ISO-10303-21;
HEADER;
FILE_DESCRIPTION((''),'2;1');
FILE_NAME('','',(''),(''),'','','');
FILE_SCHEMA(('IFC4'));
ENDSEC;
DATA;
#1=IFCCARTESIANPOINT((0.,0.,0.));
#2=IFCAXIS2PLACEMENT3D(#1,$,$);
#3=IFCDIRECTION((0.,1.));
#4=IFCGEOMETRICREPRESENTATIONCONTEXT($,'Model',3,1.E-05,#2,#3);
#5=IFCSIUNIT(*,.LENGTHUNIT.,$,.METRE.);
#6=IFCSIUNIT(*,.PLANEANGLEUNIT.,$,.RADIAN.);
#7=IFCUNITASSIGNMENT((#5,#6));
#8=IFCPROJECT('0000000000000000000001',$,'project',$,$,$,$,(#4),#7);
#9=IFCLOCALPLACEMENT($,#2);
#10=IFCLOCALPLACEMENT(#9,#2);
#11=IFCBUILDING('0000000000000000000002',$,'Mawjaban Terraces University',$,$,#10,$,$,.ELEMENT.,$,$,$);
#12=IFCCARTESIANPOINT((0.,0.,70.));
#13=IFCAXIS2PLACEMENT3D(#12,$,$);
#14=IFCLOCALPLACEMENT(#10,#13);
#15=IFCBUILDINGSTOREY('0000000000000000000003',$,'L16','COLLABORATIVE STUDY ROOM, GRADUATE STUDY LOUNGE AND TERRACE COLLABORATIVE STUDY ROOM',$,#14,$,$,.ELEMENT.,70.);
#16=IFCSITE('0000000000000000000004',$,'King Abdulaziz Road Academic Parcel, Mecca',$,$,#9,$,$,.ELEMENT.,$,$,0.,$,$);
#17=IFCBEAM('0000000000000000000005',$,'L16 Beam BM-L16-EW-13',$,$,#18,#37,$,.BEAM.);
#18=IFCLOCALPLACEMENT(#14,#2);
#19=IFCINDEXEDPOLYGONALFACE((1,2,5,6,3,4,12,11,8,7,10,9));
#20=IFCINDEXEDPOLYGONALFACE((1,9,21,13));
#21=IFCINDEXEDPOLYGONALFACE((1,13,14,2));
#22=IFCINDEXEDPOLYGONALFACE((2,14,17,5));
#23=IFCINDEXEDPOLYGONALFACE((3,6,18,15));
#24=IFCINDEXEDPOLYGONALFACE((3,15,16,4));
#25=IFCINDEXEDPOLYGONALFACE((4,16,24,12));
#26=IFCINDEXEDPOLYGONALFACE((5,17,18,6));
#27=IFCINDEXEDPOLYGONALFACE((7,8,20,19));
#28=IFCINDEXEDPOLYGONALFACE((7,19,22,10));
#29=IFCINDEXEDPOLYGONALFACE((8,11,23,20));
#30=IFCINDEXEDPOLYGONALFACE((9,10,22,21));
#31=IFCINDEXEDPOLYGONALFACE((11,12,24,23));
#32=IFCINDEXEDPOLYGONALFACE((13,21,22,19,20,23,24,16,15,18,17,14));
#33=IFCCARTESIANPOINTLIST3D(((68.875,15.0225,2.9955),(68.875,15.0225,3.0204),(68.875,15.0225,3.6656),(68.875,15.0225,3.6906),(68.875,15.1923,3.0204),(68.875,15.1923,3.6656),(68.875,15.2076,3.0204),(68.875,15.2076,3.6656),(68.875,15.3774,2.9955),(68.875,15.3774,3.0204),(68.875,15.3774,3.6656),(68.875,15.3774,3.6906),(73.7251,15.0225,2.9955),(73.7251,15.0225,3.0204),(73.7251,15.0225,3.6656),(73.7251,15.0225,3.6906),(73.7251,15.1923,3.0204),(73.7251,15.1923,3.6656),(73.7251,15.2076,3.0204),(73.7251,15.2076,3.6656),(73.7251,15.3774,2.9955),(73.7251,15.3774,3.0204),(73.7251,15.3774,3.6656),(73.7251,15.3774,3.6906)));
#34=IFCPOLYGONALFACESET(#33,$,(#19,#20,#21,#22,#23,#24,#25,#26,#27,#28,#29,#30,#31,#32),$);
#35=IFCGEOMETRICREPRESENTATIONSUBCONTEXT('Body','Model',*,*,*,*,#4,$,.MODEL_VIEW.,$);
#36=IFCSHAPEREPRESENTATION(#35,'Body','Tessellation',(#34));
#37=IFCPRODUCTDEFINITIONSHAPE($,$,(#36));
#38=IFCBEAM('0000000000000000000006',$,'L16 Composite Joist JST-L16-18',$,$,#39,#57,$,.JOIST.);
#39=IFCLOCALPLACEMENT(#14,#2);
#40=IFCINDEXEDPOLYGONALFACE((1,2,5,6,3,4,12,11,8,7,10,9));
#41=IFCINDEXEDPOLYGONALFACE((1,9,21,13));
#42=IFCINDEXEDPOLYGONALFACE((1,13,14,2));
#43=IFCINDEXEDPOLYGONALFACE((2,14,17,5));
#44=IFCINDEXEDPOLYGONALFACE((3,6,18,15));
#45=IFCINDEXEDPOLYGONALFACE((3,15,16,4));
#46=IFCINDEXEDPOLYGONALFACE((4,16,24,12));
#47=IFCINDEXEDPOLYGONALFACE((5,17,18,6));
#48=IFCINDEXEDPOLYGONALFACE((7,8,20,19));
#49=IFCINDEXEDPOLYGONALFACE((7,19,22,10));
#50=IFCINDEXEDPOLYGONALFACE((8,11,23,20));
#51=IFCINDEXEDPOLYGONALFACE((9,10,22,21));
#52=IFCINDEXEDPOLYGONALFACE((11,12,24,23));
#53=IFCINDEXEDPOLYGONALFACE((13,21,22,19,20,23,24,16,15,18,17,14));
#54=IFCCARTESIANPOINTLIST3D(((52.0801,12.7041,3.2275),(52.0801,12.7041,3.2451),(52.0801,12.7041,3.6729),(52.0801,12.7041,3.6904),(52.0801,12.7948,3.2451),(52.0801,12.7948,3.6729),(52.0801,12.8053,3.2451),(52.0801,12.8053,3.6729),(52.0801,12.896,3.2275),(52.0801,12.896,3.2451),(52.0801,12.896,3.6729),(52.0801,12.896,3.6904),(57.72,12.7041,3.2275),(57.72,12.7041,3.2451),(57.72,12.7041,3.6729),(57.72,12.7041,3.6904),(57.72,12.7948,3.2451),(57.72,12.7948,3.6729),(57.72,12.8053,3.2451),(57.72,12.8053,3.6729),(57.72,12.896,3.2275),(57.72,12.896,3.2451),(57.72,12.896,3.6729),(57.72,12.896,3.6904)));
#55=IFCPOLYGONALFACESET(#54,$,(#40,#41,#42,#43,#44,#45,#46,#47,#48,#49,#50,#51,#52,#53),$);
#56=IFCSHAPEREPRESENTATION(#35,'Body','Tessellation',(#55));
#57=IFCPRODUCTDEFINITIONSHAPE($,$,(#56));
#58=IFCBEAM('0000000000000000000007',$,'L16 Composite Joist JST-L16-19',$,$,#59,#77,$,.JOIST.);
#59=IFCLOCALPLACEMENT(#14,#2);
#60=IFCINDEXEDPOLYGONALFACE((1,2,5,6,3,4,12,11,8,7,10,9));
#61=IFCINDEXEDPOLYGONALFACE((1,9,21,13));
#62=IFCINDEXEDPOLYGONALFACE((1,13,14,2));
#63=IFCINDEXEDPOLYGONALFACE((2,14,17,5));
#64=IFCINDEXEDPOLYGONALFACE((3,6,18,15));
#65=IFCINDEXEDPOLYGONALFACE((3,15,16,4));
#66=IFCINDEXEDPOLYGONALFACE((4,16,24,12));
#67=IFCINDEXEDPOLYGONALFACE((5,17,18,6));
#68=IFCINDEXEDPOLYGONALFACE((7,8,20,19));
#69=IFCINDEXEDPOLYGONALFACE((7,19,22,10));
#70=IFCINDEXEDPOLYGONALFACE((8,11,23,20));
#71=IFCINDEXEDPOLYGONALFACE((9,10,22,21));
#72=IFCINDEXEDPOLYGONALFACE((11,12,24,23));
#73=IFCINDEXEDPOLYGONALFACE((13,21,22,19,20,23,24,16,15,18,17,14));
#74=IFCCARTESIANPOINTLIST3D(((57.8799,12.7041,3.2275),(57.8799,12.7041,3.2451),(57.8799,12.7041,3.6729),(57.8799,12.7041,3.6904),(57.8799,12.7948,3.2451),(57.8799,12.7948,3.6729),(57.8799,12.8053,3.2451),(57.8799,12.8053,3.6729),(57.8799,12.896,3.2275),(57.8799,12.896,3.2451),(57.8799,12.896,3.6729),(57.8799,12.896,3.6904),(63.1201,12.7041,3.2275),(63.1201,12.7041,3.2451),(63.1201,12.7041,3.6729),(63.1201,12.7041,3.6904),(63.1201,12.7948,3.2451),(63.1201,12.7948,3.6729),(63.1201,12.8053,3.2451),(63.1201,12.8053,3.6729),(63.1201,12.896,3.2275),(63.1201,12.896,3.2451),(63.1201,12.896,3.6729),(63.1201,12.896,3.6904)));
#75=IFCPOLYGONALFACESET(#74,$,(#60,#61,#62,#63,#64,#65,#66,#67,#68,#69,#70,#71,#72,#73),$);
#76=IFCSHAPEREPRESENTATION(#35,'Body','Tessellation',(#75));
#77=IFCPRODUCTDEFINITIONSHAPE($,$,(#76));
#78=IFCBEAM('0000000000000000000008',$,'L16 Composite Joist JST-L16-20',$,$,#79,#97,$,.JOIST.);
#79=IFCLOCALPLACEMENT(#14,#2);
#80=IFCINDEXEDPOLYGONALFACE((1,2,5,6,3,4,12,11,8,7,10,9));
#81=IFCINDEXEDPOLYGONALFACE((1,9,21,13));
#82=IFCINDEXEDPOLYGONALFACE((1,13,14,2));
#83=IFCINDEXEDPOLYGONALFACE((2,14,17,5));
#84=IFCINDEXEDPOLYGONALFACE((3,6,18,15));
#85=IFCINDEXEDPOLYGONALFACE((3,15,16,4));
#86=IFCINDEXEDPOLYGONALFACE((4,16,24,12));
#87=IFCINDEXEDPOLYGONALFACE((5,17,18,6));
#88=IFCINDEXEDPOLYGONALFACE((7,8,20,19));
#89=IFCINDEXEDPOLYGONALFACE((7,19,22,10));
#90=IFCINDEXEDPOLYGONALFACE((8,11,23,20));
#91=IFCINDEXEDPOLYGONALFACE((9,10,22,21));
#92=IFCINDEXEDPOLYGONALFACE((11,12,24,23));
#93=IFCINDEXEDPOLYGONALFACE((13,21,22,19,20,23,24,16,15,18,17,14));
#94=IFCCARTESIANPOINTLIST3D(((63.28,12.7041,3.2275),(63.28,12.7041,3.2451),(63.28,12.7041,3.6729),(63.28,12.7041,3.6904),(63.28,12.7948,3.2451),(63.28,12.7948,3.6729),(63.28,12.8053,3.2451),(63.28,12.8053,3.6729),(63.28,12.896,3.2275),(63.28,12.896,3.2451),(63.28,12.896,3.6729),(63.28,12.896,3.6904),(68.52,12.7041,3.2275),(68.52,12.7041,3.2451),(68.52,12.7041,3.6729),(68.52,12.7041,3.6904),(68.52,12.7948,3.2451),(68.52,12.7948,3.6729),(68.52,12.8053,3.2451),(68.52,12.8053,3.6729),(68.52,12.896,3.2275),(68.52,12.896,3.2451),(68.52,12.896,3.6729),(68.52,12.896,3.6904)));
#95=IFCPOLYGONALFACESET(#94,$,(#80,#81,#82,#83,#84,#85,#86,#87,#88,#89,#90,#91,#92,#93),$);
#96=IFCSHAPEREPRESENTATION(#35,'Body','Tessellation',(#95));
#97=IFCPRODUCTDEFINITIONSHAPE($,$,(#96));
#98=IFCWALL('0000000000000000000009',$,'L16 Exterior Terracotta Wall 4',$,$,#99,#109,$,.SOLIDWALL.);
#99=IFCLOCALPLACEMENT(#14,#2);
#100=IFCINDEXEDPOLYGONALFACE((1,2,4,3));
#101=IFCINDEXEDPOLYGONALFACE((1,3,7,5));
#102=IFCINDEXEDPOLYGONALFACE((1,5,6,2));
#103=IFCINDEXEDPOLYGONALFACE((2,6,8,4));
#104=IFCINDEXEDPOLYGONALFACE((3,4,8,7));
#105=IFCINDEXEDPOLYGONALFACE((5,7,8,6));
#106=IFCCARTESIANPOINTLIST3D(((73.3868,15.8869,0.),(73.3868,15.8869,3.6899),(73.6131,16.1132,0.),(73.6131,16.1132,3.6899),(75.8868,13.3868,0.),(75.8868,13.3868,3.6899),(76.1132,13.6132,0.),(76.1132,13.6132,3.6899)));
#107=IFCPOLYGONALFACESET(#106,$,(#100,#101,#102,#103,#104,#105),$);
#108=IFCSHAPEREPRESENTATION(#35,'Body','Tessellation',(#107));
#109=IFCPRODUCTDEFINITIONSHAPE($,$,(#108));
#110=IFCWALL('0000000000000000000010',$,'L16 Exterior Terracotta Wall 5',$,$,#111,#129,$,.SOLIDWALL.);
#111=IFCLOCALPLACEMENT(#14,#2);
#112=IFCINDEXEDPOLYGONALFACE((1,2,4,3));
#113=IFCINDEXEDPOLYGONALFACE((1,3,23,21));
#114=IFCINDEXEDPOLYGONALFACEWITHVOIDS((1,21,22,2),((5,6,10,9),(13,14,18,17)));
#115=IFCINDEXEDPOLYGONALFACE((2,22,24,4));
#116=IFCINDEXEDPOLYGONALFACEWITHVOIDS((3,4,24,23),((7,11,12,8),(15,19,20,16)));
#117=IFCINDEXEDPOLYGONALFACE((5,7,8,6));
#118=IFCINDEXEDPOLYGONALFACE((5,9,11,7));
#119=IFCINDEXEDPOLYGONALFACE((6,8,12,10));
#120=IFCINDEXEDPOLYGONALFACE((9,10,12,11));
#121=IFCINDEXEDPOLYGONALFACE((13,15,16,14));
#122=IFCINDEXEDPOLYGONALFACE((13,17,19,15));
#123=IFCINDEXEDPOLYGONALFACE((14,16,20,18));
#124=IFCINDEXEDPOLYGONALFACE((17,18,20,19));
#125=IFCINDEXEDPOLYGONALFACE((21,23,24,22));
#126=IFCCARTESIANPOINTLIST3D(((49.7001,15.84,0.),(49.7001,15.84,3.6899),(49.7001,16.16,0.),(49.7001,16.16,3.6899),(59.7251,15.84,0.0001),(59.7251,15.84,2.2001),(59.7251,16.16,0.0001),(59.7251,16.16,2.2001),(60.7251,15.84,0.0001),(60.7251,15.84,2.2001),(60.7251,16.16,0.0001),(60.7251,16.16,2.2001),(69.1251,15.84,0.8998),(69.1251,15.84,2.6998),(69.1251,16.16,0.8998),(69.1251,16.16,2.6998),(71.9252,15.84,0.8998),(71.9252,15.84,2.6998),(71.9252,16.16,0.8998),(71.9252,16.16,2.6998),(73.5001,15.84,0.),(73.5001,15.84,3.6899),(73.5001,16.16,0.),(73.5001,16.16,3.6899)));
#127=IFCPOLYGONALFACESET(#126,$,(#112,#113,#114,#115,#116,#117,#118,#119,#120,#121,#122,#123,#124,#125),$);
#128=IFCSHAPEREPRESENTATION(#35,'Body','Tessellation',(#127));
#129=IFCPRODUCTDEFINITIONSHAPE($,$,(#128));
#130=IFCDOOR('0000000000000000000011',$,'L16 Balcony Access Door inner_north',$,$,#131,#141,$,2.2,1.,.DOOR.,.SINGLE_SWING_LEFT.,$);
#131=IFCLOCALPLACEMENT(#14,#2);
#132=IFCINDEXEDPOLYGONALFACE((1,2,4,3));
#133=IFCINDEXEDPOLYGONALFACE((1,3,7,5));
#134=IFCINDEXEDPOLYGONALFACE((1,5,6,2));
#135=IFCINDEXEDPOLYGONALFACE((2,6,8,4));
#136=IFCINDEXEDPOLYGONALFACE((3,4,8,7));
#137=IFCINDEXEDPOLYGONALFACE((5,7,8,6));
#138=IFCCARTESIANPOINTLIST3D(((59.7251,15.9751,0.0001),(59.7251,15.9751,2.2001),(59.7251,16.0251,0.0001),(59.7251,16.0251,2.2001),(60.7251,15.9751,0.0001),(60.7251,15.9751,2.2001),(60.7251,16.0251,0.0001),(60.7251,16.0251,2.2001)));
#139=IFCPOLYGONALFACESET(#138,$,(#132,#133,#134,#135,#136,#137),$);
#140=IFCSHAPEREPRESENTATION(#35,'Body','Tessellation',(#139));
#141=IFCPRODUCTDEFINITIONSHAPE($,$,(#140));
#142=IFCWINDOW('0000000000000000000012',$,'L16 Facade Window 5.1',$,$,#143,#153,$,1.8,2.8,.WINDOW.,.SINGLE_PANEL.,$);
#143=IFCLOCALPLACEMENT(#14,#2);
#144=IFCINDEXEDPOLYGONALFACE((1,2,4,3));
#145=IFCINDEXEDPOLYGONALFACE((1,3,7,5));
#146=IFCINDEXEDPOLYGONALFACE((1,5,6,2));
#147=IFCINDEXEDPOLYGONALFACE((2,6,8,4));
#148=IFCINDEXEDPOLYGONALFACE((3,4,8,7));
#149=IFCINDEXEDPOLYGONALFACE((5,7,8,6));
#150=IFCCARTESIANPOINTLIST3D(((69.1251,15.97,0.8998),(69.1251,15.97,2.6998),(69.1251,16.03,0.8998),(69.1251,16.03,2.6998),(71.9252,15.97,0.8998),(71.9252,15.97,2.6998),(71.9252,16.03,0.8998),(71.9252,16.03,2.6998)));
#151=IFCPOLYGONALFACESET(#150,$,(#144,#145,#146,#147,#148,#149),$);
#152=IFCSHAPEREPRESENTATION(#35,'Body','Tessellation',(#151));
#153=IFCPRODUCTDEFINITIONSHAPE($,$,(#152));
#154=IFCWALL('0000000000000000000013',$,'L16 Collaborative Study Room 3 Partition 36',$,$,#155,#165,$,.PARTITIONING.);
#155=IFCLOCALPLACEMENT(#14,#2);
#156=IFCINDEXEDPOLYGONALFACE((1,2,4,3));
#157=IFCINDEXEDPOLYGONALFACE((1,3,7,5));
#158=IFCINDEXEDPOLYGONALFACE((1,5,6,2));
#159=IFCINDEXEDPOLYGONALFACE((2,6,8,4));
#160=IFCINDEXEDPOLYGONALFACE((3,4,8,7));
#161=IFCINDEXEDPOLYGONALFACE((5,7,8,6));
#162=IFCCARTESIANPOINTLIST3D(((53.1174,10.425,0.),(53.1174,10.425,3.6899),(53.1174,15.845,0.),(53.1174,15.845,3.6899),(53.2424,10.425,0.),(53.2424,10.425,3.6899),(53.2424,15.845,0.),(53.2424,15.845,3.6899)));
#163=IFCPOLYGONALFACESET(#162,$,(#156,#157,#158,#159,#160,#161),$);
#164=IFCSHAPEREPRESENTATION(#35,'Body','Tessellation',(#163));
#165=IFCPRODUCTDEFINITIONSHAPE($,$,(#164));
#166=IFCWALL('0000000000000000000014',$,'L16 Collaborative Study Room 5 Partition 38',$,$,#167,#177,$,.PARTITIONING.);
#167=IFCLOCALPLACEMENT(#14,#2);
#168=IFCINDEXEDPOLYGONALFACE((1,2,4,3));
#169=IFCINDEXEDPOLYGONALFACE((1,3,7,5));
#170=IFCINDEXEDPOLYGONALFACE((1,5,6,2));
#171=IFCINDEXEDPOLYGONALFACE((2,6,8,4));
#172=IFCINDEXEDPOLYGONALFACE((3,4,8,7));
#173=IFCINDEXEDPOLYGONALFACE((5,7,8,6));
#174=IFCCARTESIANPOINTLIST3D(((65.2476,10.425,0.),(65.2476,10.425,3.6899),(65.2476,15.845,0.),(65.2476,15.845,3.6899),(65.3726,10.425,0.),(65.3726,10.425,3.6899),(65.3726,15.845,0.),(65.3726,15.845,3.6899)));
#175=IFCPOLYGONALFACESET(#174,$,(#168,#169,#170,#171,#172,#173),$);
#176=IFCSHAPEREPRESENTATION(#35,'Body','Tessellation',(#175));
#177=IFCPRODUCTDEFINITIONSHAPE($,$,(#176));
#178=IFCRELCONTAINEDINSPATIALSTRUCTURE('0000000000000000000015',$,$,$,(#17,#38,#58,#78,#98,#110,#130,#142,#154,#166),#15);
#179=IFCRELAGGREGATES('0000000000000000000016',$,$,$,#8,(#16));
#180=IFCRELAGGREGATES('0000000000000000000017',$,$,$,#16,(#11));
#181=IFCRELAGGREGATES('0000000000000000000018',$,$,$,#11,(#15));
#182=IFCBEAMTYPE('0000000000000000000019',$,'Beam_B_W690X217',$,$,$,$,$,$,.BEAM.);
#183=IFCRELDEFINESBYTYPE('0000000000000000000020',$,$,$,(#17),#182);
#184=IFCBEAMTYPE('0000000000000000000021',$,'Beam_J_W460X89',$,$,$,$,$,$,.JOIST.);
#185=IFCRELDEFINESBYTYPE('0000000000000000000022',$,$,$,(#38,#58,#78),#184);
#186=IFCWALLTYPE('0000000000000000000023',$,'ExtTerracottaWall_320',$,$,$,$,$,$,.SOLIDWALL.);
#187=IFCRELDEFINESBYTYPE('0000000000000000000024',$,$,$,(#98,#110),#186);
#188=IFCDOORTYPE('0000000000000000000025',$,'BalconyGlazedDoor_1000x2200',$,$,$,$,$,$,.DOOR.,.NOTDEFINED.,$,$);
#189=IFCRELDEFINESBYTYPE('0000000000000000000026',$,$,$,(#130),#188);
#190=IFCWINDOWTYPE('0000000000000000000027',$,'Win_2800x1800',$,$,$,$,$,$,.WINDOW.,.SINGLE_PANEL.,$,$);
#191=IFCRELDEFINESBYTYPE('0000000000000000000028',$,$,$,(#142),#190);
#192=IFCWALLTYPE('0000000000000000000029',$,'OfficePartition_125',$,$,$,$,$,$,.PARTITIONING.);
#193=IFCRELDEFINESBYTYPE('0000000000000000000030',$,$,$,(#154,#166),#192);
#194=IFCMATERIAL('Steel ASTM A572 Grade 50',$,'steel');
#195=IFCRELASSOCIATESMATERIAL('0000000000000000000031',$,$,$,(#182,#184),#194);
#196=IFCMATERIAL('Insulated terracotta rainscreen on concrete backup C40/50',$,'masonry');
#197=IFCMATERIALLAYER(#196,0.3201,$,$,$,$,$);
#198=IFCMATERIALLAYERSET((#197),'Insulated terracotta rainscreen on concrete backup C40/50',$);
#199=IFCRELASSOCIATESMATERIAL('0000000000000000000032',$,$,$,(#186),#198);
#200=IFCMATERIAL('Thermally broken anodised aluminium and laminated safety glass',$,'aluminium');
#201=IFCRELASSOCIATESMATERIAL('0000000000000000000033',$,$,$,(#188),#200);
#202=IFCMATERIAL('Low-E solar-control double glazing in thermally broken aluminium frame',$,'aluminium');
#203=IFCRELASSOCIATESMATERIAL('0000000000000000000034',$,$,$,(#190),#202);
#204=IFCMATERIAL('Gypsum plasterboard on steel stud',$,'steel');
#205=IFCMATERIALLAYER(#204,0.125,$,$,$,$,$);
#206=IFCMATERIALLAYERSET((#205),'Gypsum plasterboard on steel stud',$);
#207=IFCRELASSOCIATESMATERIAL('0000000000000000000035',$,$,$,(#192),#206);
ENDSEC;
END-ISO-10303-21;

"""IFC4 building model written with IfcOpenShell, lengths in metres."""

from ifc_helpers import new_model, si_unit, direction, frame, frame_2d, origin, origin_2d, place, context, subcontext, project, spatial, rectangle, i_section, extrude, material, layer, layer_set, material_profile, profile_set, type_object, element, fill, save


model = new_model("IFC4")

# Units and contexts
model_context = context("Model", 3, precision=1e-05, world=origin(), true_north=direction((0.0, 1.0)))
body_context = subcontext(model_context, "Body", "Model", "MODEL_VIEW")
ifc_project = project(units=[si_unit("LENGTHUNIT", "METRE"), si_unit("PLANEANGLEUNIT", "RADIAN")], contexts=[model_context])

# Site, building, storey
site_placement = place(None, origin())
site = spatial("IfcSite", under=ifc_project, at=site_placement, Name="King Abdulaziz Road Academic Parcel, Mecca", CompositionType="ELEMENT", RefElevation=0.0)
building_placement = place(site_placement, origin())
building = spatial("IfcBuilding", under=site, at=building_placement, Name="Mawjaban Terraces University", CompositionType="ELEMENT")
storey_placement = place(building_placement, frame((0.0, 0.0, 70.0)))
storey = spatial("IfcBuildingStorey", under=building, at=storey_placement, Name="L16", Description="COLLABORATIVE STUDY ROOM, GRADUATE STUDY LOUNGE AND TERRACE COLLABORATIVE STUDY ROOM", CompositionType="ELEMENT", Elevation=70.0)

# Beams
ifc_material_1 = material(Name="Steel ASTM A572 Grade 50", Category="steel")
ifc_material_profile_1 = material_profile(ifc_material_1, i_section(OverallWidth=0.355, OverallDepth=0.6951, WebThickness=0.0154, FlangeThickness=0.0249, at=origin_2d()), Name="W690X217")
ifc_profile_set_1 = profile_set([ifc_material_profile_1], Name="Steel ASTM A572 Grade 50")
beam_type_1 = type_object("IfcBeamType", Name="Beam_B_W690X217", PredefinedType="BEAM", material=ifc_profile_set_1)
beam_1_placement = place(storey_placement, frame((68.875, 15.2, 3.343), z_axis=(1.0, 0.0, 0.0), x_axis=(0.0, 1.0, 0.0)))
element("IfcBeam", 1, at=beam_1_placement, inside=storey, type_object=beam_type_1, Name="L16 Beam BM-L16-EW-13", PredefinedType="BEAM", context=body_context, shape_type="SweptSolid", body=[
    extrude(i_section(OverallWidth=0.355, OverallDepth=0.6951, WebThickness=0.0154, FlangeThickness=0.0249, at=origin_2d()), origin(), (0.0, 0.0, 1.0), 4.8501),
])
ifc_material_profile_2 = material_profile(ifc_material_1, i_section(OverallWidth=0.1919, OverallDepth=0.4629, WebThickness=0.0105, FlangeThickness=0.0176, at=origin_2d()), Name="W460X89")
ifc_profile_set_2 = profile_set([ifc_material_profile_2], Name="Steel ASTM A572 Grade 50")
beam_type_2 = type_object("IfcBeamType", Name="Beam_J_W460X89", PredefinedType="JOIST", material=ifc_profile_set_2)
beam_2_placement = place(storey_placement, frame((52.0801, 12.8, 3.459), z_axis=(1.0, 0.0, 0.0), x_axis=(0.0, 1.0, 0.0)))
element("IfcBeam", 2, at=beam_2_placement, inside=storey, type_object=beam_type_2, Name="L16 Composite Joist JST-L16-18", PredefinedType="JOIST", context=body_context, shape_type="SweptSolid", body=[
    extrude(i_section(OverallWidth=0.1919, OverallDepth=0.4629, WebThickness=0.0105, FlangeThickness=0.0176, at=origin_2d()), origin(), (0.0, 0.0, 1.0), 5.6399),
])
beam_3_placement = place(storey_placement, frame((57.8799, 12.8, 3.459), z_axis=(1.0, 0.0, 0.0), x_axis=(0.0, 1.0, 0.0)))
element("IfcBeam", 3, at=beam_3_placement, inside=storey, type_object=beam_type_2, Name="L16 Composite Joist JST-L16-19", PredefinedType="JOIST", context=body_context, shape_type="SweptSolid", body=[
    extrude(i_section(OverallWidth=0.1919, OverallDepth=0.4629, WebThickness=0.0105, FlangeThickness=0.0176, at=origin_2d()), origin(), (0.0, 0.0, 1.0), 5.2402),
])
beam_4_placement = place(storey_placement, frame((63.28, 12.8, 3.459), z_axis=(1.0, 0.0, 0.0), x_axis=(0.0, 1.0, 0.0)))
element("IfcBeam", 4, at=beam_4_placement, inside=storey, type_object=beam_type_2, Name="L16 Composite Joist JST-L16-20", PredefinedType="JOIST", context=body_context, shape_type="SweptSolid", body=[
    extrude(i_section(OverallWidth=0.1919, OverallDepth=0.4629, WebThickness=0.0105, FlangeThickness=0.0176, at=origin_2d()), origin(), (0.0, 0.0, 1.0), 5.24),
])

# Wall
ifc_material_2 = material(Name="Insulated terracotta rainscreen on concrete backup C40/50", Category="masonry")
ifc_layer_1 = layer(ifc_material_2, 0.3201)
ifc_layer_set_1 = layer_set([ifc_layer_1], Name="Insulated terracotta rainscreen on concrete backup C40/50")
wall_type_1 = type_object("IfcWallType", Name="ExtTerracottaWall_320", PredefinedType="SOLIDWALL", material=ifc_layer_set_1)
wall_1_placement = place(storey_placement, frame((76.0, 13.5, 0.0), z_axis=(0.0, 0.0, 1.0), x_axis=(-0.707107, 0.707107, 0.0)))
element("IfcWall", 5, at=wall_1_placement, inside=storey, type_object=wall_type_1, Name="L16 Exterior Terracotta Wall 4", PredefinedType="SOLIDWALL", context=body_context, shape_type="SweptSolid", body=[
    extrude(rectangle(XDim=3.5356, YDim=0.3201, at=frame_2d((1.7678, 0.0))), origin(), (0.0, 0.0, 1.0), 3.6899),
])

# Wall, openings, door, window
wall_2_placement = place(storey_placement, frame((73.5, 16.0, 0.0), z_axis=(0.0, 0.0, 1.0), x_axis=(-1.0, 0.0, 0.0)))
wall_2 = element("IfcWall", 6, at=wall_2_placement, inside=storey, type_object=wall_type_1, Name="L16 Exterior Terracotta Wall 5", PredefinedType="SOLIDWALL", context=body_context, shape_type="SweptSolid", body=[
    extrude(rectangle(XDim=23.8, YDim=0.3201, at=frame_2d((11.8999, 0.0))), origin(), (0.0, 0.0, 1.0), 3.6899),
])
opening_1_placement = place(wall_2_placement, frame((12.7749, 0.0, 0.0)))
opening_1 = element("IfcOpeningElement", 7, at=opening_1_placement, cuts=wall_2, PredefinedType="OPENING", context=body_context, shape_type="SweptSolid", body=[
    extrude(rectangle(XDim=1.0, YDim=2.2, at=frame_2d((0.5, 1.1001))), frame((0.0, 0.1699, 0.0), z_axis=(0.0, -1.0, 0.0), x_axis=(1.0, 0.0, 0.0)), (0.0, 0.0, 1.0), 0.3401),
])
opening_2_placement = place(wall_2_placement, frame((1.575, 0.0, 0.8999)))
opening_2 = element("IfcOpeningElement", 8, at=opening_2_placement, cuts=wall_2, PredefinedType="OPENING", context=body_context, shape_type="SweptSolid", body=[
    extrude(rectangle(XDim=2.8, YDim=1.8, at=frame_2d((1.3999, 0.8999))), frame((0.0, 0.1699, 0.0), z_axis=(0.0, -1.0, 0.0), x_axis=(1.0, 0.0, 0.0)), (0.0, 0.0, 1.0), 0.3401),
])
ifc_material_3 = material(Name="Thermally broken anodised aluminium and laminated safety glass", Category="aluminium")
door_type = type_object("IfcDoorType", Name="BalconyGlazedDoor_1000x2200", OperationType="NOTDEFINED", PredefinedType="DOOR", material=ifc_material_3)
door_placement = place(opening_1_placement, origin())
door = element("IfcDoor", 9, at=door_placement, inside=storey, type_object=door_type, Name="L16 Balcony Access Door inner_north", OperationType="SINGLE_SWING_LEFT", OverallHeight=2.2, OverallWidth=1.0, PredefinedType="DOOR", context=body_context, shape_type="SweptSolid", body=[
    extrude(rectangle(XDim=1.0, YDim=2.2, at=frame_2d((0.5, 1.1001))), frame((0.0, 0.0249, 0.0), z_axis=(0.0, -1.0, 0.0), x_axis=(1.0, 0.0, 0.0)), (0.0, 0.0, 1.0), 0.05),
])
fill(opening_1, door)
ifc_material_4 = material(Name="Low-E solar-control double glazing in thermally broken aluminium frame", Category="aluminium")
window_type = type_object("IfcWindowType", Name="Win_2800x1800", PartitioningType="SINGLE_PANEL", PredefinedType="WINDOW", material=ifc_material_4)
window_placement = place(opening_2_placement, origin())
window = element("IfcWindow", 10, at=window_placement, inside=storey, type_object=window_type, Name="L16 Facade Window 5.1", OverallHeight=1.8, OverallWidth=2.8, PartitioningType="SINGLE_PANEL", PredefinedType="WINDOW", context=body_context, shape_type="SweptSolid", body=[
    extrude(rectangle(XDim=2.8, YDim=1.8, at=frame_2d((1.3999, 0.8999))), frame((0.0, 0.03, 0.0), z_axis=(0.0, -1.0, 0.0), x_axis=(1.0, 0.0, 0.0)), (0.0, 0.0, 1.0), 0.0601),
])
fill(opening_2, window)

# Walls
ifc_material_5 = material(Name="Gypsum plasterboard on steel stud", Category="steel")
ifc_layer_2 = layer(ifc_material_5, 0.125)
ifc_layer_set_2 = layer_set([ifc_layer_2], Name="Gypsum plasterboard on steel stud")
wall_type_2 = type_object("IfcWallType", Name="OfficePartition_125", PredefinedType="PARTITIONING", material=ifc_layer_set_2)
for number, where, z_axis, x_axis, name in (
    (11, (53.1799, 10.425, 0.0), (0.0, 0.0, 1.0), (0.0, 1.0, 0.0), "L16 Collaborative Study Room 3 Partition 36"),
    (12, (65.3101, 10.425, 0.0), (0.0, 0.0, 1.0), (0.0, 1.0, 0.0), "L16 Collaborative Study Room 5 Partition 38"),
):
    element("IfcWall", number, at=place(storey_placement, frame(where, z_axis=z_axis, x_axis=x_axis)), inside=storey, type_object=wall_type_2, Name=name, PredefinedType="PARTITIONING", context=body_context, shape_type="SweptSolid", body=[
        extrude(rectangle(XDim=5.4199, YDim=0.125, at=frame_2d((2.71, 0.0))), origin(), (0.0, 0.0, 1.0), 3.6899),
    ])

save(model, "model.ifc")
